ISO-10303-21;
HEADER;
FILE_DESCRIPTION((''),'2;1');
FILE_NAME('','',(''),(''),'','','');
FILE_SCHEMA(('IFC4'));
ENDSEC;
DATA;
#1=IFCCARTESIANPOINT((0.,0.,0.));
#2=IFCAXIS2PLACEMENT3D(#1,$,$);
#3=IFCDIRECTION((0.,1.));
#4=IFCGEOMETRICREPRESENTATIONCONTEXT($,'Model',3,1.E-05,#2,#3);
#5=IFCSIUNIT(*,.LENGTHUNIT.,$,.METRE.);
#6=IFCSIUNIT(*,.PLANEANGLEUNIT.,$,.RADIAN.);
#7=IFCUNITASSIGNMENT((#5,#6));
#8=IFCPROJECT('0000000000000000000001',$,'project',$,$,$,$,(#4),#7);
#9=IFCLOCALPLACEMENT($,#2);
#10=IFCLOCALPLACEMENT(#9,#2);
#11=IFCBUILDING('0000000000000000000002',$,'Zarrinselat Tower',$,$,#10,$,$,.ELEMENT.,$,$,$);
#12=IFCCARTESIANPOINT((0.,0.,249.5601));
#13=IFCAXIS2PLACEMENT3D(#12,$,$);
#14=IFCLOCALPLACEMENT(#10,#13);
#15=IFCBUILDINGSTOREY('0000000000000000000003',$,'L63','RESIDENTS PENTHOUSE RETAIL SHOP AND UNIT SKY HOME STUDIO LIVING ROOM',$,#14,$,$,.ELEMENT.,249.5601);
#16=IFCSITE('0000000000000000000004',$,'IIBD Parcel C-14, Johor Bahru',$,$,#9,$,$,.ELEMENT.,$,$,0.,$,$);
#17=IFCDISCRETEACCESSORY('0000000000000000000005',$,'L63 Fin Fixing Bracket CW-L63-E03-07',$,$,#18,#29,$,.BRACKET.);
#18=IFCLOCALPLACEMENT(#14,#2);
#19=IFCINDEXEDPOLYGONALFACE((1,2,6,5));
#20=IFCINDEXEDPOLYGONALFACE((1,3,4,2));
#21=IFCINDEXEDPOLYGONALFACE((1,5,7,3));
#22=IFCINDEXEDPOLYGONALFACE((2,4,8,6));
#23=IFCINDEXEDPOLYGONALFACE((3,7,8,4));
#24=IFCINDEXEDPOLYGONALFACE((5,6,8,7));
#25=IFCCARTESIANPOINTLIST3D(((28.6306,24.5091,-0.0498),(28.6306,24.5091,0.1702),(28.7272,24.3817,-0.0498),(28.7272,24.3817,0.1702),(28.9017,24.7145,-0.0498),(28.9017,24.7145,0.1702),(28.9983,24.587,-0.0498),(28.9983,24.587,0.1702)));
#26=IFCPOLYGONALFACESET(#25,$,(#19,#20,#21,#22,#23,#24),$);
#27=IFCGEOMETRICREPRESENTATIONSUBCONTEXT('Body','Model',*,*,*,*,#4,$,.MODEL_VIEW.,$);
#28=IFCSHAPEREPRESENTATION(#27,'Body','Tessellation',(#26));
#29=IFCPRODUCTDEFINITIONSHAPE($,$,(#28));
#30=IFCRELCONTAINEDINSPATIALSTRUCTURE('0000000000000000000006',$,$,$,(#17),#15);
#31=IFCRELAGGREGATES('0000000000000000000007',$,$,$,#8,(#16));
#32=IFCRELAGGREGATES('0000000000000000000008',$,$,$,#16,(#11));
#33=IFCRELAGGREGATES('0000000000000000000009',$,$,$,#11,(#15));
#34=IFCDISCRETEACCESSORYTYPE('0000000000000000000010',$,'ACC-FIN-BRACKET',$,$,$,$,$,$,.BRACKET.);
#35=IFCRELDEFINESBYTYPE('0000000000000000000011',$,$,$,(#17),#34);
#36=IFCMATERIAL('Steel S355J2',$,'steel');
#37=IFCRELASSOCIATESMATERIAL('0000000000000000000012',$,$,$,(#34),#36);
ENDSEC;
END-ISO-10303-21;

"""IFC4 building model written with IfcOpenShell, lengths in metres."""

from ifc_helpers import new_model, si_unit, direction, frame, origin, origin_2d, place, context, subcontext, project, spatial, rectangle, extrude, material, type_object, element, save


model = new_model("IFC4")

# Units and contexts
model_context = context("Model", 3, precision=1e-05, world=origin(), true_north=direction((0.0, 1.0)))
body_context = subcontext(model_context, "Body", "Model", "MODEL_VIEW")
ifc_project = project(units=[si_unit("LENGTHUNIT", "METRE"), si_unit("PLANEANGLEUNIT", "RADIAN")], contexts=[model_context])

# Site, building, storey
site_placement = place(None, origin())
site = spatial("IfcSite", under=ifc_project, at=site_placement, Name="IIBD Parcel C-14, Johor Bahru", CompositionType="ELEMENT", RefElevation=0.0)
building_placement = place(site_placement, origin())
building = spatial("IfcBuilding", under=site, at=building_placement, Name="Zarrinselat Tower", CompositionType="ELEMENT")
storey_placement = place(building_placement, frame((0.0, 0.0, 249.5601)))
storey = spatial("IfcBuildingStorey", under=building, at=storey_placement, Name="L63", Description="RESIDENTS PENTHOUSE RETAIL SHOP AND UNIT SKY HOME STUDIO LIVING ROOM", CompositionType="ELEMENT", Elevation=249.5601)

# Discrete accessory
ifc_material_1 = material(Name="Steel S355J2", Category="steel")
discrete_accessory_type = type_object("IfcDiscreteAccessoryType", Name="ACC-FIN-BRACKET", PredefinedType="BRACKET", material=ifc_material_1)
discrete_accessory_placement = place(storey_placement, frame((28.8145, 24.5481, -0.0498), z_axis=(0.0, 0.0, 1.0), x_axis=(-0.797092, -0.603857, 0.0)))
element("IfcDiscreteAccessory", 1, at=discrete_accessory_placement, inside=storey, type_object=discrete_accessory_type, Name="L63 Fin Fixing Bracket CW-L63-E03-07", PredefinedType="BRACKET", context=body_context, shape_type="SweptSolid", body=[
    extrude(rectangle(XDim=0.3401, YDim=0.1599, at=origin_2d()), origin(), (0.0, 0.0, 1.0), 0.22),
])

save(model, "model.ifc")
